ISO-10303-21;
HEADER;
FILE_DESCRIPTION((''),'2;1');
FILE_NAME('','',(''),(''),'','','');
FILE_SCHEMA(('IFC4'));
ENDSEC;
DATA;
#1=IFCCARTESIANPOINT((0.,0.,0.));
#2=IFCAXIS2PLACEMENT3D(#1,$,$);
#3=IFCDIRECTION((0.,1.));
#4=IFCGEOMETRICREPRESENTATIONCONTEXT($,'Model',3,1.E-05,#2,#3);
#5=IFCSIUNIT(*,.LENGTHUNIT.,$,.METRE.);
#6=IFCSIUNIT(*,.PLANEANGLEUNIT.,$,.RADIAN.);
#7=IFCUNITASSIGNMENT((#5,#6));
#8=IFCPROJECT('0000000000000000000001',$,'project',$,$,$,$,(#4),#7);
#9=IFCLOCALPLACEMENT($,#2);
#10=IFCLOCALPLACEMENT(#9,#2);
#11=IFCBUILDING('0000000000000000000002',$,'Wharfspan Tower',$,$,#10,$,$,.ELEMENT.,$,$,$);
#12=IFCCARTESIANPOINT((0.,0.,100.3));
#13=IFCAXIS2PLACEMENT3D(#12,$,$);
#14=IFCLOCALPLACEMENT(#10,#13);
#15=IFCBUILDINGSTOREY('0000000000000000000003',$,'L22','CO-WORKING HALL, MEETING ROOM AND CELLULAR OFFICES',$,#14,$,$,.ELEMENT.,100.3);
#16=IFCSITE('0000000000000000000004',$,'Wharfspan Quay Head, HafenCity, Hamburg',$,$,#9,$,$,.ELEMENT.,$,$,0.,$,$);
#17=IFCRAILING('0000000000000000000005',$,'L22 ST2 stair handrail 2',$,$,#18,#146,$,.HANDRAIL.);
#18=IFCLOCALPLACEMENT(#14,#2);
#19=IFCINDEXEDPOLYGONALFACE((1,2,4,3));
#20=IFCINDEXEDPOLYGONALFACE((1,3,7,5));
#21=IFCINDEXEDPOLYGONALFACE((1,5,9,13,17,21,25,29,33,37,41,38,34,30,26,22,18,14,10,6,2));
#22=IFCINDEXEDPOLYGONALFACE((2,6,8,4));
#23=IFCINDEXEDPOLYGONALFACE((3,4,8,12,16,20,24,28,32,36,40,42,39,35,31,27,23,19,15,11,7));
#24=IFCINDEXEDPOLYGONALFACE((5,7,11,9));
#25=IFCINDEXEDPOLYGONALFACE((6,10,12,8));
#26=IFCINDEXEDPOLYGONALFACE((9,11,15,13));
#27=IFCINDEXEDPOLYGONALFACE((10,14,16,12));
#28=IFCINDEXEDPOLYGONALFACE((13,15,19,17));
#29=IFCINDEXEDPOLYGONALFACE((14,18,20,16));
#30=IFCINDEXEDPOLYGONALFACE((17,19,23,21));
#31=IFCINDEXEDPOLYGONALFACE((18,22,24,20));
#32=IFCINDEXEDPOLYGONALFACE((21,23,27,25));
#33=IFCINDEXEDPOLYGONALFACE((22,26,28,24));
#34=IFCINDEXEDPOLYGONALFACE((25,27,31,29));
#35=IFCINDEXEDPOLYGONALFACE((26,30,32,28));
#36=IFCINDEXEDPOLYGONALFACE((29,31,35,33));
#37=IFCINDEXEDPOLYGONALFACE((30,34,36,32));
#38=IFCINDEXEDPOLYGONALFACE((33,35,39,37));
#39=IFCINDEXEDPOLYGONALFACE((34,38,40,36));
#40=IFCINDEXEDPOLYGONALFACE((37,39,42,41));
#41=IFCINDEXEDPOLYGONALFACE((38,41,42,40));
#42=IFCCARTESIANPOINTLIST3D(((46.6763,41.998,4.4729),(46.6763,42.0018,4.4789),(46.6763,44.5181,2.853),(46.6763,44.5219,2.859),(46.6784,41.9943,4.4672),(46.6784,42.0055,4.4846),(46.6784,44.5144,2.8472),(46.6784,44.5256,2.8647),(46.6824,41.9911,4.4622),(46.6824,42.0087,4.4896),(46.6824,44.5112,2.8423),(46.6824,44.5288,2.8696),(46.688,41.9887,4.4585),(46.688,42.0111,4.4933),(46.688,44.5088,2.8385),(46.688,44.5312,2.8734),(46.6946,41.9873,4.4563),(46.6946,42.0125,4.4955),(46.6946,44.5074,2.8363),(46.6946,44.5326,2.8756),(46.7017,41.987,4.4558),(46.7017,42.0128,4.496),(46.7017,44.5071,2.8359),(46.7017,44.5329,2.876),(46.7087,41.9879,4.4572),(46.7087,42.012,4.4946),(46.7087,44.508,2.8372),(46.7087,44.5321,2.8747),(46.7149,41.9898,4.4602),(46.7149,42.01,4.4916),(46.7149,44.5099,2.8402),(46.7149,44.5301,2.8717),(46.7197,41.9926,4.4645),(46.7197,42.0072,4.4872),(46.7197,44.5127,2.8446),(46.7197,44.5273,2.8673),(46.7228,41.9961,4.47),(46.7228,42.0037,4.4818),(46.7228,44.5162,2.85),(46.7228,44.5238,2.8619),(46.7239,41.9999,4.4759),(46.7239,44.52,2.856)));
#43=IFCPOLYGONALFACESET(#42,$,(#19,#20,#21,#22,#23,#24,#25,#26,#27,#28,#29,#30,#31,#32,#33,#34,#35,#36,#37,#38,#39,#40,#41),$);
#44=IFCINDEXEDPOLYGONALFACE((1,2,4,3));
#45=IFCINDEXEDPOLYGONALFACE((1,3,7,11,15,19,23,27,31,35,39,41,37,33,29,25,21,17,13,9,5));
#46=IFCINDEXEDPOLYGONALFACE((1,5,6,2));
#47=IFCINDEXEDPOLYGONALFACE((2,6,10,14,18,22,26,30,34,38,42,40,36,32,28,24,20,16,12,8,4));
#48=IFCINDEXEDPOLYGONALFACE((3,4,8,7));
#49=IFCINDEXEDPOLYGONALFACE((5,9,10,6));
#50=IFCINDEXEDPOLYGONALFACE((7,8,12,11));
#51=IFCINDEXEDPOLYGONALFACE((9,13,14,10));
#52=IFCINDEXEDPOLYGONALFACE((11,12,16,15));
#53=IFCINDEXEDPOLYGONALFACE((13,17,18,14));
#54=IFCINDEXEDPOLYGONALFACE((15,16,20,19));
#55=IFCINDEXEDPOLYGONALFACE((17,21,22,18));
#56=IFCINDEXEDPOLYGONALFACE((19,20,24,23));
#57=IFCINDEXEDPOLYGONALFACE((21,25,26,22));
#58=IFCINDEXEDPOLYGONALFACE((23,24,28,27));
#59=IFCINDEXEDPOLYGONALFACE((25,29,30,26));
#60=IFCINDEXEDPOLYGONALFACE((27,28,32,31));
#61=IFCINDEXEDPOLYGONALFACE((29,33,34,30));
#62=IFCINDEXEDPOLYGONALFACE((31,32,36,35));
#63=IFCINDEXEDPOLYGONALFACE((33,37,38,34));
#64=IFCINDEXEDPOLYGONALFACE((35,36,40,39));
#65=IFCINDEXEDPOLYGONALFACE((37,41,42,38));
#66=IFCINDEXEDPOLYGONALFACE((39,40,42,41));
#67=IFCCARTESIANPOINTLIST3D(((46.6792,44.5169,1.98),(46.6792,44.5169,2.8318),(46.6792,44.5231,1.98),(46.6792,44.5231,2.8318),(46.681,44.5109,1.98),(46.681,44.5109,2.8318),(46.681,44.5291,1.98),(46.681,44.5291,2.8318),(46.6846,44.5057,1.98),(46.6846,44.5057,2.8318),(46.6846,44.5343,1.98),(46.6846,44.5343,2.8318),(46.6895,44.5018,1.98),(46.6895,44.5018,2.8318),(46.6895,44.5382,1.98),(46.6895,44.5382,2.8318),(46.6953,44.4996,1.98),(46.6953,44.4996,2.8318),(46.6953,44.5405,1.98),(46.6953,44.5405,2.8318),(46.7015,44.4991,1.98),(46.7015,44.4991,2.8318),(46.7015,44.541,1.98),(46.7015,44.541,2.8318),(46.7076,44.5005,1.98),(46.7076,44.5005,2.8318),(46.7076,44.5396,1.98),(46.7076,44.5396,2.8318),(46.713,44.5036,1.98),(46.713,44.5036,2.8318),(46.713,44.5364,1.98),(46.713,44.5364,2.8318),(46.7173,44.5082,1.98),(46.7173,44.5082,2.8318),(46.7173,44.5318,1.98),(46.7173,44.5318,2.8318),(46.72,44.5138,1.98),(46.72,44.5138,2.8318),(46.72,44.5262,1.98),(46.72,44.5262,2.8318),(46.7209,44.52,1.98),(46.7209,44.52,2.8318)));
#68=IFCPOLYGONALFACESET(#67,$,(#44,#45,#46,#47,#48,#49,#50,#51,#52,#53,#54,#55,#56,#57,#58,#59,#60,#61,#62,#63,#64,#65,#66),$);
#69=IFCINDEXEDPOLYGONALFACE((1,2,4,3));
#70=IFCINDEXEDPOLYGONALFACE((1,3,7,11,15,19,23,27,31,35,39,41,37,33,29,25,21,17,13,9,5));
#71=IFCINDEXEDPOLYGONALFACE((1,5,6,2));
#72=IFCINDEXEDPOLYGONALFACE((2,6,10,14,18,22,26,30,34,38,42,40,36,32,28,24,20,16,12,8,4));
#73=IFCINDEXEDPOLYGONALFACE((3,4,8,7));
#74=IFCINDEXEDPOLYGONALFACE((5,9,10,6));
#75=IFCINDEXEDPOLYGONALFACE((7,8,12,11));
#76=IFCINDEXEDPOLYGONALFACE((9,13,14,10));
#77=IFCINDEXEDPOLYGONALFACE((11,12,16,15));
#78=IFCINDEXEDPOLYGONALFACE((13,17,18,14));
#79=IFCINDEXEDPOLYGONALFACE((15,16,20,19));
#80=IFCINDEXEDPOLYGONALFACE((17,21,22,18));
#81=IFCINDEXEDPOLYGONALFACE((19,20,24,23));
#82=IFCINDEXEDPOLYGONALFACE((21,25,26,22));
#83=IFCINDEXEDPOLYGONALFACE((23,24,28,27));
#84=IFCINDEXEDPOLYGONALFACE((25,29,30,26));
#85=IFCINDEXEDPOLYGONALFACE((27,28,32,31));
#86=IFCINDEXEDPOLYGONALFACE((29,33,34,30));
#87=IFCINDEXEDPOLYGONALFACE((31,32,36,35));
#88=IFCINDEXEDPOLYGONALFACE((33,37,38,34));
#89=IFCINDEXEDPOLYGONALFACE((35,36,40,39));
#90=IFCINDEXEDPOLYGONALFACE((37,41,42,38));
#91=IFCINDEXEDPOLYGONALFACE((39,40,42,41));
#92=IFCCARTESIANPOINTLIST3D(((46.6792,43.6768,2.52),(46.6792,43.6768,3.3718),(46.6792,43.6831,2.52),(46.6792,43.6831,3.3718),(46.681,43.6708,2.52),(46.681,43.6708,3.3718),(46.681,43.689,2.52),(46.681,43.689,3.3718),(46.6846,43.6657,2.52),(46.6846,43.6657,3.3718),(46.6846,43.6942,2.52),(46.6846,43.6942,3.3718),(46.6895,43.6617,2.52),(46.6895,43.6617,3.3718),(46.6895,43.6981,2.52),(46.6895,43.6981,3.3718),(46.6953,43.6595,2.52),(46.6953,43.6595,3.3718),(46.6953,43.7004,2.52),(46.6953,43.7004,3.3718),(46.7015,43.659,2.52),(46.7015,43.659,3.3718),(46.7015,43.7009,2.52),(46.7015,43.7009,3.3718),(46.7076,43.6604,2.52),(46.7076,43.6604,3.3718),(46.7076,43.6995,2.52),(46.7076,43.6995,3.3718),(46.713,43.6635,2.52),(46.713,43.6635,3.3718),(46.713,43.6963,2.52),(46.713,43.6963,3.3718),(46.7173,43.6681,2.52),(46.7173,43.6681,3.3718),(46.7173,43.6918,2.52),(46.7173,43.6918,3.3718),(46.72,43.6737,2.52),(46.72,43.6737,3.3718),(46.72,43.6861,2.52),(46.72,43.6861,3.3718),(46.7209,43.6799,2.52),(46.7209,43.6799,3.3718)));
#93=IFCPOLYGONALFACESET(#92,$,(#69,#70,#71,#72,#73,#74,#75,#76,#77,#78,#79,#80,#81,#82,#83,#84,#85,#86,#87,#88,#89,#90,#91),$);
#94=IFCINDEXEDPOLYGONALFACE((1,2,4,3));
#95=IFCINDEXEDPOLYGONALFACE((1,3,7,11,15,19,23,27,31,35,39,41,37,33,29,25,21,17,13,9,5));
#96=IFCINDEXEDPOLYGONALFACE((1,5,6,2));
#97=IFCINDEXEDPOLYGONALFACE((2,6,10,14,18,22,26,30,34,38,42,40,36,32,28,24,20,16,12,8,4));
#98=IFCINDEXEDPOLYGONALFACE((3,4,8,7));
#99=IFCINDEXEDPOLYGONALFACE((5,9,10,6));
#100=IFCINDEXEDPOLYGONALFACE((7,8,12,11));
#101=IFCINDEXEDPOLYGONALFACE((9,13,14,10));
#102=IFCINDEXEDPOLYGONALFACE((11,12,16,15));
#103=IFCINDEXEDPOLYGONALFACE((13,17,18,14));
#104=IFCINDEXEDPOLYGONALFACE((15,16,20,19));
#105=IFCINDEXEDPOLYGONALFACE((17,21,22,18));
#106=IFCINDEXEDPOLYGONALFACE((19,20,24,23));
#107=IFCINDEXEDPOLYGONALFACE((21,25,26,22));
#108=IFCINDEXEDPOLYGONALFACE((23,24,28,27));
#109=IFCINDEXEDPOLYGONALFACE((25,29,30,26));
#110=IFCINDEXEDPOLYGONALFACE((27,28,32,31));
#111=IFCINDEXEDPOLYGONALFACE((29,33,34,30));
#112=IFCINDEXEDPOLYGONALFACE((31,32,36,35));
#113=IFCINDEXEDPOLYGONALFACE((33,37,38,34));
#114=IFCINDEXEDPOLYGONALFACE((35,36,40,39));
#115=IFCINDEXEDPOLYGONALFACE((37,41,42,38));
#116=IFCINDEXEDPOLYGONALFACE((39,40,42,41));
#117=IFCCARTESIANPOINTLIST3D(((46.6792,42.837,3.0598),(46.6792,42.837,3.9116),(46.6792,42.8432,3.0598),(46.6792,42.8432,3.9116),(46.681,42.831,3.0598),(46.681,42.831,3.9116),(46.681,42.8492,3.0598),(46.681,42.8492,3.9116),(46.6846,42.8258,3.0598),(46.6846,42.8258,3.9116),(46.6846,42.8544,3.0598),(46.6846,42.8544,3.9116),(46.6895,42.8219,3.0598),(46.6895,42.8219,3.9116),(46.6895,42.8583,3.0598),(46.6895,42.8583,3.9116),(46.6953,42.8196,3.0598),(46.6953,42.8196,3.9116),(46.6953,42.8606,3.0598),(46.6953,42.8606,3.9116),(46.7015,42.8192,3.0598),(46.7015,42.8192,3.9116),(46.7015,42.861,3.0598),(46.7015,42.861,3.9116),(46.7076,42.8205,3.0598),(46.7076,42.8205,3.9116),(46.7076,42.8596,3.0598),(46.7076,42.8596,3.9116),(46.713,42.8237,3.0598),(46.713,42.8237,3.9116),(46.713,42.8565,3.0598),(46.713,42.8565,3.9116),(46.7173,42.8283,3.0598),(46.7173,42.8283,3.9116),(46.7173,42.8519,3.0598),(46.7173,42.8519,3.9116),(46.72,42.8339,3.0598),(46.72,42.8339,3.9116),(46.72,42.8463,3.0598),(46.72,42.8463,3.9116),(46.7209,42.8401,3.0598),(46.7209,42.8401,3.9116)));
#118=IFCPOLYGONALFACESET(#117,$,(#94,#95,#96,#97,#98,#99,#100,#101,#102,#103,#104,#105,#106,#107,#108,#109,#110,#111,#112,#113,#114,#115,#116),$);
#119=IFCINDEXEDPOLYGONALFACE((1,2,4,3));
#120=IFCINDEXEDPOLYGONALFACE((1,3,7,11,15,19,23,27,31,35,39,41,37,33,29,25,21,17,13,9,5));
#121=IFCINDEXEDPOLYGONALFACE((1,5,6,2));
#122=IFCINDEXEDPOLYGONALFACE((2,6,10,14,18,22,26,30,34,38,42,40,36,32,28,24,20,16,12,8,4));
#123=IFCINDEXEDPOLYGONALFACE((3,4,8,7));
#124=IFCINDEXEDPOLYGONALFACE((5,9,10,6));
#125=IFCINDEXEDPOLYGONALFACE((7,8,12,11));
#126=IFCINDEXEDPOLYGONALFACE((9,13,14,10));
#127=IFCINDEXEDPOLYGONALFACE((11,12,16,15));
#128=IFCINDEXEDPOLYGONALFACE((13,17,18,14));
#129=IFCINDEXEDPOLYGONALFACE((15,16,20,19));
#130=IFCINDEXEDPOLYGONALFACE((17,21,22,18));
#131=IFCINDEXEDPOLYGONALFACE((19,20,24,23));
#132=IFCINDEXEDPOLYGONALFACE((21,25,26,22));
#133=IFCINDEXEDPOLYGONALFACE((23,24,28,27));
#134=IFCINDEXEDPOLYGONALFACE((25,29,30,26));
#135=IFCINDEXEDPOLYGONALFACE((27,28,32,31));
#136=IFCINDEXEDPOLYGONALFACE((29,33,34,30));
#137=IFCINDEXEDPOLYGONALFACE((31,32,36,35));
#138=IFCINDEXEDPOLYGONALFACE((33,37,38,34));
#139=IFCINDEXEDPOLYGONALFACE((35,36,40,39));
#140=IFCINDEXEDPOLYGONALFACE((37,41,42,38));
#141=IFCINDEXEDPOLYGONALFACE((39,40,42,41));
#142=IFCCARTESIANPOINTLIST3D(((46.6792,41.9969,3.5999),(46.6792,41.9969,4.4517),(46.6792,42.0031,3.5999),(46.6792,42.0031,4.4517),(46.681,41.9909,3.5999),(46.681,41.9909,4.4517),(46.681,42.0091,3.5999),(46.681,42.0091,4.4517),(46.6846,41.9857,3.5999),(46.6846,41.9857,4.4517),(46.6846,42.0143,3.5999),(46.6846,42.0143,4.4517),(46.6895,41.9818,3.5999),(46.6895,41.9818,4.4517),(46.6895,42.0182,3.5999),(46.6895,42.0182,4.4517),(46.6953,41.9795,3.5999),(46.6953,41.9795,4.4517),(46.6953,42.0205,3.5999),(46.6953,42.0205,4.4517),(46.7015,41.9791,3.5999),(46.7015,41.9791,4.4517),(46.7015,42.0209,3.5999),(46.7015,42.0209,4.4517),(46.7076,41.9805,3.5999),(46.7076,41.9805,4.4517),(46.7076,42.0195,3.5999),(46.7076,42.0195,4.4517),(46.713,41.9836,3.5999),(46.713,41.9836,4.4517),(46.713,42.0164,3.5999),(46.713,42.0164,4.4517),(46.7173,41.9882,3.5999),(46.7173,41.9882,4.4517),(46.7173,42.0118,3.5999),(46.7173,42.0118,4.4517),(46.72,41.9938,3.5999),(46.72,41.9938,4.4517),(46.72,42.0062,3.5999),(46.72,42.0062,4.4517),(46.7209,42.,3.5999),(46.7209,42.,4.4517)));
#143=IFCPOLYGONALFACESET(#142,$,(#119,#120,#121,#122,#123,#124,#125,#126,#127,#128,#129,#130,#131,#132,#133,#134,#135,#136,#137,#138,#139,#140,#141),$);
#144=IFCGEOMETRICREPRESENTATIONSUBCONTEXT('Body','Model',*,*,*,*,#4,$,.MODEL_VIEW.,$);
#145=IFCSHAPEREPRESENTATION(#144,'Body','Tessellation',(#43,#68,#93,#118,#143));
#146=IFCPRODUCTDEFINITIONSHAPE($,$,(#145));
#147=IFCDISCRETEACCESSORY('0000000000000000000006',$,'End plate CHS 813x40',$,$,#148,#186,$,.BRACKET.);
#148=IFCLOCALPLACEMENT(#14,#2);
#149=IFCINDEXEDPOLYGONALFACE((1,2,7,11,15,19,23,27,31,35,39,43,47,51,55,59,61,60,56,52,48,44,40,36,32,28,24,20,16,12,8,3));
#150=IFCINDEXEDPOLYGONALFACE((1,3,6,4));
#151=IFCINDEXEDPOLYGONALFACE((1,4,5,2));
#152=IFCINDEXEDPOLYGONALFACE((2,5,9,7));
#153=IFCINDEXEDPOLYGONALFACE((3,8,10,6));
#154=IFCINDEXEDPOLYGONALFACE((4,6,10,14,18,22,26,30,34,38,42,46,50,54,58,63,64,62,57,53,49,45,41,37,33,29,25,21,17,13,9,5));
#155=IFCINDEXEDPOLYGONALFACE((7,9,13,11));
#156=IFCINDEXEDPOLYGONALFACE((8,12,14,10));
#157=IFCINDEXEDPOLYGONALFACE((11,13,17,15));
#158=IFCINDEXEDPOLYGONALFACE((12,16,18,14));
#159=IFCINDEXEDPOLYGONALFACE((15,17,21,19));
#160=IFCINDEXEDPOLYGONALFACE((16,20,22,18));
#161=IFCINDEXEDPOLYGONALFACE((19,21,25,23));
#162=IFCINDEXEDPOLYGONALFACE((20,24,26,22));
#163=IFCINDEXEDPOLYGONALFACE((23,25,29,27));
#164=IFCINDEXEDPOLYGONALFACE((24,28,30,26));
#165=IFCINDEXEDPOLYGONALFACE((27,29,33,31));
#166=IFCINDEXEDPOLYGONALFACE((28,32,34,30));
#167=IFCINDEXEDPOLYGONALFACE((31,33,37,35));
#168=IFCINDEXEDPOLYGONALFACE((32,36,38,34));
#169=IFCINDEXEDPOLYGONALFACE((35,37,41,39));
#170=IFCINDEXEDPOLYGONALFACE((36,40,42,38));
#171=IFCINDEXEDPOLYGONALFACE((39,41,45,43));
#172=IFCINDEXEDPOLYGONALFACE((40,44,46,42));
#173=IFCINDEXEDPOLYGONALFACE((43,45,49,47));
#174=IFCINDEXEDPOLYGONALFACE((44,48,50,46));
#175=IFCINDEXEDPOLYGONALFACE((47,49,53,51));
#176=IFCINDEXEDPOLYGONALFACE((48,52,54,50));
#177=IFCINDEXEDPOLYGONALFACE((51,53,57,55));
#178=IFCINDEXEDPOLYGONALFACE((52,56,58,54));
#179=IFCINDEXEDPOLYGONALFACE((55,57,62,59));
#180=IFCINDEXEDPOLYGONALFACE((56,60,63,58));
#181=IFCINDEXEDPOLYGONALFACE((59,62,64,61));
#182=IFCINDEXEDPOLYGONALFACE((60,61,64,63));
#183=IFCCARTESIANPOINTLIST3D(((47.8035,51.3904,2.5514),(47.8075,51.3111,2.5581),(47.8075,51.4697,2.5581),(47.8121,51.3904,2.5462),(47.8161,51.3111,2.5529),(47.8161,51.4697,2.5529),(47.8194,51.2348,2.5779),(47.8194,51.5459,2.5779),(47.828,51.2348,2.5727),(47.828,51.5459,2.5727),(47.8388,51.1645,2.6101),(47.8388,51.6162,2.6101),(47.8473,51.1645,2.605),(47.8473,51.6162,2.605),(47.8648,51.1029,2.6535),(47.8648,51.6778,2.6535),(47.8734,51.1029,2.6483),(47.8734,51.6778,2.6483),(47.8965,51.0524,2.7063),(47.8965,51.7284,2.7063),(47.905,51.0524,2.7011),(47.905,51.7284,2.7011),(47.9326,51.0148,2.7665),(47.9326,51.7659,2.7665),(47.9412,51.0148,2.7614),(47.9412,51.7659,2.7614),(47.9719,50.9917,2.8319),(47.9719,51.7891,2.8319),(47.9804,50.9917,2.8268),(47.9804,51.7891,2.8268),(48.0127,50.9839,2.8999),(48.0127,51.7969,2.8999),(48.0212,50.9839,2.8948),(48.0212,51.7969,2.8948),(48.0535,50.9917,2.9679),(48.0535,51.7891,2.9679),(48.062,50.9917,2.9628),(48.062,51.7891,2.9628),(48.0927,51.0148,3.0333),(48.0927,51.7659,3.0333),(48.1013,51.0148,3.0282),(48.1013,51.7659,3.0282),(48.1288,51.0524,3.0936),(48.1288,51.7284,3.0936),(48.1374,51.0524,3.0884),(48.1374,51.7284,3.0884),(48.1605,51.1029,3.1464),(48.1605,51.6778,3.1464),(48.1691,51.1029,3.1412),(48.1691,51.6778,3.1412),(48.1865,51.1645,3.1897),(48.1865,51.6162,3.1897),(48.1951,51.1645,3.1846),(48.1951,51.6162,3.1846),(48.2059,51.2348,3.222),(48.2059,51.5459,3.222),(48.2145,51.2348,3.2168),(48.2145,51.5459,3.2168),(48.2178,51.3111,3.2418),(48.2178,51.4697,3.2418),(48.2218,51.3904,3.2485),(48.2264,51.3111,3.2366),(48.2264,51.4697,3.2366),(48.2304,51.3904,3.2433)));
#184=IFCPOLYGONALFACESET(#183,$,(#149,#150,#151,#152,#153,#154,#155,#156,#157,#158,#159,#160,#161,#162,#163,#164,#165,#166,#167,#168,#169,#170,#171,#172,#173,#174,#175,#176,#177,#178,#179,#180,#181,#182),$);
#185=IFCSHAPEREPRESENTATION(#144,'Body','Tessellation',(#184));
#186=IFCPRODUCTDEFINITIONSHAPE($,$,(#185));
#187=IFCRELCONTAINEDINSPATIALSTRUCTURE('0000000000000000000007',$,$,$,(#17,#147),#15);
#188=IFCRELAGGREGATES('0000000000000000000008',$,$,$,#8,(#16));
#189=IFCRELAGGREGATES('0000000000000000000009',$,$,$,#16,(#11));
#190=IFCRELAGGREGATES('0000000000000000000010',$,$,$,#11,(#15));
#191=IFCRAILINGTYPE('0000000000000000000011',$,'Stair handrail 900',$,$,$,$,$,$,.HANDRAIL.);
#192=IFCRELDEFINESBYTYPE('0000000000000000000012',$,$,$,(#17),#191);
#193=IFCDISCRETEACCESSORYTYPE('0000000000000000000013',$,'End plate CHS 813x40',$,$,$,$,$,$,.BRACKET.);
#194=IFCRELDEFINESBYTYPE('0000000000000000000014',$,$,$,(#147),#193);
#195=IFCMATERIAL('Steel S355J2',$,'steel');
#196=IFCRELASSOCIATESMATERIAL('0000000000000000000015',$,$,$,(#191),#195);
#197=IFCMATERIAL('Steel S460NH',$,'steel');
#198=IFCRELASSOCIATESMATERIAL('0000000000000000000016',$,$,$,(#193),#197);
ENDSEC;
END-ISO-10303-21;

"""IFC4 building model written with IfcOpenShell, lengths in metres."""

from ifc_helpers import new_model, si_unit, direction, frame, origin, origin_2d, place, context, subcontext, project, spatial, circle, extrude, material, material_profile, profile_set, type_object, element, save


model = new_model("IFC4")

# Units and contexts
model_context = context("Model", 3, precision=1e-05, world=origin(), true_north=direction((0.0, 1.0)))
body_context = subcontext(model_context, "Body", "Model", "MODEL_VIEW")
ifc_project = project(units=[si_unit("LENGTHUNIT", "METRE"), si_unit("PLANEANGLEUNIT", "RADIAN")], contexts=[model_context])

# Site, building, storey
site_placement = place(None, origin())
site = spatial("IfcSite", under=ifc_project, at=site_placement, Name="Wharfspan Quay Head, HafenCity, Hamburg", CompositionType="ELEMENT", RefElevation=0.0)
building_placement = place(site_placement, origin())
building = spatial("IfcBuilding", under=site, at=building_placement, Name="Wharfspan Tower", CompositionType="ELEMENT")
storey_placement = place(building_placement, frame((0.0, 0.0, 100.3)))
storey = spatial("IfcBuildingStorey", under=building, at=storey_placement, Name="L22", Description="CO-WORKING HALL, MEETING ROOM AND CELLULAR OFFICES", CompositionType="ELEMENT", Elevation=100.3)

# Shared definitions
ifc_material_1 = material(Name="Steel S355J2", Category="steel")

# Shared definitions
ifc_material_2 = material(Name="Steel S460NH", Category="steel")

# Railing
railing_type_1 = type_object("IfcRailingType", Name="Stair handrail 900", PredefinedType="HANDRAIL", material=ifc_material_1)
railing_1_placement = place(storey_placement, frame((46.7, 44.52, 1.98)))
element("IfcRailing", 1, at=railing_1_placement, inside=storey, type_object=railing_type_1, Name="L22 ST2 stair handrail 2", PredefinedType="HANDRAIL", context=body_context, shape_type="SweptSolid", body=[
    extrude(circle(Radius=0.0239, at=origin_2d()), frame((0.0, 0.0, 0.876), z_axis=(0.0, -0.8412, 0.540725), x_axis=(1.0, 0.0, 0.0)), (0.0, 0.0, 1.0), 2.9958),
    extrude(circle(Radius=0.021, at=origin_2d()), origin(), (0.0, 0.0, 1.0), 0.8518),
    extrude(circle(Radius=0.021, at=origin_2d()), frame((0.0, -0.8401, 0.54)), (0.0, 0.0, 1.0), 0.8518),
    extrude(circle(Radius=0.021, at=origin_2d()), frame((0.0, -1.6799, 1.0798)), (0.0, 0.0, 1.0), 0.8518),
    extrude(circle(Radius=0.021, at=origin_2d()), frame((0.0, -2.52, 1.6199)), (0.0, 0.0, 1.0), 0.8518),
])

# Discrete accessory
ifc_material_profile_1 = material_profile(ifc_material_2, circle(Radius=0.4065, at=origin_2d()))
ifc_profile_set_1 = profile_set([ifc_material_profile_1], Name="Steel S460NH")
discrete_accessory_type = type_object("IfcDiscreteAccessoryType", Name="End plate CHS 813x40", PredefinedType="BRACKET", material=ifc_profile_set_1)
discrete_accessory_placement = place(storey_placement, frame((48.0212, 51.3904, 2.8948), z_axis=(-0.857493, 0.0, 0.514496), x_axis=(0.0, -1.0, 0.0)))
element("IfcDiscreteAccessory", 2, at=discrete_accessory_placement, inside=storey, type_object=discrete_accessory_type, Name="End plate CHS 813x40", PredefinedType="BRACKET", context=body_context, shape_type="SweptSolid", body=[
    extrude(circle(Radius=0.4065, at=origin_2d()), origin(), (0.0, 0.0, 1.0), 0.01),
])

save(model, "model.ifc")
